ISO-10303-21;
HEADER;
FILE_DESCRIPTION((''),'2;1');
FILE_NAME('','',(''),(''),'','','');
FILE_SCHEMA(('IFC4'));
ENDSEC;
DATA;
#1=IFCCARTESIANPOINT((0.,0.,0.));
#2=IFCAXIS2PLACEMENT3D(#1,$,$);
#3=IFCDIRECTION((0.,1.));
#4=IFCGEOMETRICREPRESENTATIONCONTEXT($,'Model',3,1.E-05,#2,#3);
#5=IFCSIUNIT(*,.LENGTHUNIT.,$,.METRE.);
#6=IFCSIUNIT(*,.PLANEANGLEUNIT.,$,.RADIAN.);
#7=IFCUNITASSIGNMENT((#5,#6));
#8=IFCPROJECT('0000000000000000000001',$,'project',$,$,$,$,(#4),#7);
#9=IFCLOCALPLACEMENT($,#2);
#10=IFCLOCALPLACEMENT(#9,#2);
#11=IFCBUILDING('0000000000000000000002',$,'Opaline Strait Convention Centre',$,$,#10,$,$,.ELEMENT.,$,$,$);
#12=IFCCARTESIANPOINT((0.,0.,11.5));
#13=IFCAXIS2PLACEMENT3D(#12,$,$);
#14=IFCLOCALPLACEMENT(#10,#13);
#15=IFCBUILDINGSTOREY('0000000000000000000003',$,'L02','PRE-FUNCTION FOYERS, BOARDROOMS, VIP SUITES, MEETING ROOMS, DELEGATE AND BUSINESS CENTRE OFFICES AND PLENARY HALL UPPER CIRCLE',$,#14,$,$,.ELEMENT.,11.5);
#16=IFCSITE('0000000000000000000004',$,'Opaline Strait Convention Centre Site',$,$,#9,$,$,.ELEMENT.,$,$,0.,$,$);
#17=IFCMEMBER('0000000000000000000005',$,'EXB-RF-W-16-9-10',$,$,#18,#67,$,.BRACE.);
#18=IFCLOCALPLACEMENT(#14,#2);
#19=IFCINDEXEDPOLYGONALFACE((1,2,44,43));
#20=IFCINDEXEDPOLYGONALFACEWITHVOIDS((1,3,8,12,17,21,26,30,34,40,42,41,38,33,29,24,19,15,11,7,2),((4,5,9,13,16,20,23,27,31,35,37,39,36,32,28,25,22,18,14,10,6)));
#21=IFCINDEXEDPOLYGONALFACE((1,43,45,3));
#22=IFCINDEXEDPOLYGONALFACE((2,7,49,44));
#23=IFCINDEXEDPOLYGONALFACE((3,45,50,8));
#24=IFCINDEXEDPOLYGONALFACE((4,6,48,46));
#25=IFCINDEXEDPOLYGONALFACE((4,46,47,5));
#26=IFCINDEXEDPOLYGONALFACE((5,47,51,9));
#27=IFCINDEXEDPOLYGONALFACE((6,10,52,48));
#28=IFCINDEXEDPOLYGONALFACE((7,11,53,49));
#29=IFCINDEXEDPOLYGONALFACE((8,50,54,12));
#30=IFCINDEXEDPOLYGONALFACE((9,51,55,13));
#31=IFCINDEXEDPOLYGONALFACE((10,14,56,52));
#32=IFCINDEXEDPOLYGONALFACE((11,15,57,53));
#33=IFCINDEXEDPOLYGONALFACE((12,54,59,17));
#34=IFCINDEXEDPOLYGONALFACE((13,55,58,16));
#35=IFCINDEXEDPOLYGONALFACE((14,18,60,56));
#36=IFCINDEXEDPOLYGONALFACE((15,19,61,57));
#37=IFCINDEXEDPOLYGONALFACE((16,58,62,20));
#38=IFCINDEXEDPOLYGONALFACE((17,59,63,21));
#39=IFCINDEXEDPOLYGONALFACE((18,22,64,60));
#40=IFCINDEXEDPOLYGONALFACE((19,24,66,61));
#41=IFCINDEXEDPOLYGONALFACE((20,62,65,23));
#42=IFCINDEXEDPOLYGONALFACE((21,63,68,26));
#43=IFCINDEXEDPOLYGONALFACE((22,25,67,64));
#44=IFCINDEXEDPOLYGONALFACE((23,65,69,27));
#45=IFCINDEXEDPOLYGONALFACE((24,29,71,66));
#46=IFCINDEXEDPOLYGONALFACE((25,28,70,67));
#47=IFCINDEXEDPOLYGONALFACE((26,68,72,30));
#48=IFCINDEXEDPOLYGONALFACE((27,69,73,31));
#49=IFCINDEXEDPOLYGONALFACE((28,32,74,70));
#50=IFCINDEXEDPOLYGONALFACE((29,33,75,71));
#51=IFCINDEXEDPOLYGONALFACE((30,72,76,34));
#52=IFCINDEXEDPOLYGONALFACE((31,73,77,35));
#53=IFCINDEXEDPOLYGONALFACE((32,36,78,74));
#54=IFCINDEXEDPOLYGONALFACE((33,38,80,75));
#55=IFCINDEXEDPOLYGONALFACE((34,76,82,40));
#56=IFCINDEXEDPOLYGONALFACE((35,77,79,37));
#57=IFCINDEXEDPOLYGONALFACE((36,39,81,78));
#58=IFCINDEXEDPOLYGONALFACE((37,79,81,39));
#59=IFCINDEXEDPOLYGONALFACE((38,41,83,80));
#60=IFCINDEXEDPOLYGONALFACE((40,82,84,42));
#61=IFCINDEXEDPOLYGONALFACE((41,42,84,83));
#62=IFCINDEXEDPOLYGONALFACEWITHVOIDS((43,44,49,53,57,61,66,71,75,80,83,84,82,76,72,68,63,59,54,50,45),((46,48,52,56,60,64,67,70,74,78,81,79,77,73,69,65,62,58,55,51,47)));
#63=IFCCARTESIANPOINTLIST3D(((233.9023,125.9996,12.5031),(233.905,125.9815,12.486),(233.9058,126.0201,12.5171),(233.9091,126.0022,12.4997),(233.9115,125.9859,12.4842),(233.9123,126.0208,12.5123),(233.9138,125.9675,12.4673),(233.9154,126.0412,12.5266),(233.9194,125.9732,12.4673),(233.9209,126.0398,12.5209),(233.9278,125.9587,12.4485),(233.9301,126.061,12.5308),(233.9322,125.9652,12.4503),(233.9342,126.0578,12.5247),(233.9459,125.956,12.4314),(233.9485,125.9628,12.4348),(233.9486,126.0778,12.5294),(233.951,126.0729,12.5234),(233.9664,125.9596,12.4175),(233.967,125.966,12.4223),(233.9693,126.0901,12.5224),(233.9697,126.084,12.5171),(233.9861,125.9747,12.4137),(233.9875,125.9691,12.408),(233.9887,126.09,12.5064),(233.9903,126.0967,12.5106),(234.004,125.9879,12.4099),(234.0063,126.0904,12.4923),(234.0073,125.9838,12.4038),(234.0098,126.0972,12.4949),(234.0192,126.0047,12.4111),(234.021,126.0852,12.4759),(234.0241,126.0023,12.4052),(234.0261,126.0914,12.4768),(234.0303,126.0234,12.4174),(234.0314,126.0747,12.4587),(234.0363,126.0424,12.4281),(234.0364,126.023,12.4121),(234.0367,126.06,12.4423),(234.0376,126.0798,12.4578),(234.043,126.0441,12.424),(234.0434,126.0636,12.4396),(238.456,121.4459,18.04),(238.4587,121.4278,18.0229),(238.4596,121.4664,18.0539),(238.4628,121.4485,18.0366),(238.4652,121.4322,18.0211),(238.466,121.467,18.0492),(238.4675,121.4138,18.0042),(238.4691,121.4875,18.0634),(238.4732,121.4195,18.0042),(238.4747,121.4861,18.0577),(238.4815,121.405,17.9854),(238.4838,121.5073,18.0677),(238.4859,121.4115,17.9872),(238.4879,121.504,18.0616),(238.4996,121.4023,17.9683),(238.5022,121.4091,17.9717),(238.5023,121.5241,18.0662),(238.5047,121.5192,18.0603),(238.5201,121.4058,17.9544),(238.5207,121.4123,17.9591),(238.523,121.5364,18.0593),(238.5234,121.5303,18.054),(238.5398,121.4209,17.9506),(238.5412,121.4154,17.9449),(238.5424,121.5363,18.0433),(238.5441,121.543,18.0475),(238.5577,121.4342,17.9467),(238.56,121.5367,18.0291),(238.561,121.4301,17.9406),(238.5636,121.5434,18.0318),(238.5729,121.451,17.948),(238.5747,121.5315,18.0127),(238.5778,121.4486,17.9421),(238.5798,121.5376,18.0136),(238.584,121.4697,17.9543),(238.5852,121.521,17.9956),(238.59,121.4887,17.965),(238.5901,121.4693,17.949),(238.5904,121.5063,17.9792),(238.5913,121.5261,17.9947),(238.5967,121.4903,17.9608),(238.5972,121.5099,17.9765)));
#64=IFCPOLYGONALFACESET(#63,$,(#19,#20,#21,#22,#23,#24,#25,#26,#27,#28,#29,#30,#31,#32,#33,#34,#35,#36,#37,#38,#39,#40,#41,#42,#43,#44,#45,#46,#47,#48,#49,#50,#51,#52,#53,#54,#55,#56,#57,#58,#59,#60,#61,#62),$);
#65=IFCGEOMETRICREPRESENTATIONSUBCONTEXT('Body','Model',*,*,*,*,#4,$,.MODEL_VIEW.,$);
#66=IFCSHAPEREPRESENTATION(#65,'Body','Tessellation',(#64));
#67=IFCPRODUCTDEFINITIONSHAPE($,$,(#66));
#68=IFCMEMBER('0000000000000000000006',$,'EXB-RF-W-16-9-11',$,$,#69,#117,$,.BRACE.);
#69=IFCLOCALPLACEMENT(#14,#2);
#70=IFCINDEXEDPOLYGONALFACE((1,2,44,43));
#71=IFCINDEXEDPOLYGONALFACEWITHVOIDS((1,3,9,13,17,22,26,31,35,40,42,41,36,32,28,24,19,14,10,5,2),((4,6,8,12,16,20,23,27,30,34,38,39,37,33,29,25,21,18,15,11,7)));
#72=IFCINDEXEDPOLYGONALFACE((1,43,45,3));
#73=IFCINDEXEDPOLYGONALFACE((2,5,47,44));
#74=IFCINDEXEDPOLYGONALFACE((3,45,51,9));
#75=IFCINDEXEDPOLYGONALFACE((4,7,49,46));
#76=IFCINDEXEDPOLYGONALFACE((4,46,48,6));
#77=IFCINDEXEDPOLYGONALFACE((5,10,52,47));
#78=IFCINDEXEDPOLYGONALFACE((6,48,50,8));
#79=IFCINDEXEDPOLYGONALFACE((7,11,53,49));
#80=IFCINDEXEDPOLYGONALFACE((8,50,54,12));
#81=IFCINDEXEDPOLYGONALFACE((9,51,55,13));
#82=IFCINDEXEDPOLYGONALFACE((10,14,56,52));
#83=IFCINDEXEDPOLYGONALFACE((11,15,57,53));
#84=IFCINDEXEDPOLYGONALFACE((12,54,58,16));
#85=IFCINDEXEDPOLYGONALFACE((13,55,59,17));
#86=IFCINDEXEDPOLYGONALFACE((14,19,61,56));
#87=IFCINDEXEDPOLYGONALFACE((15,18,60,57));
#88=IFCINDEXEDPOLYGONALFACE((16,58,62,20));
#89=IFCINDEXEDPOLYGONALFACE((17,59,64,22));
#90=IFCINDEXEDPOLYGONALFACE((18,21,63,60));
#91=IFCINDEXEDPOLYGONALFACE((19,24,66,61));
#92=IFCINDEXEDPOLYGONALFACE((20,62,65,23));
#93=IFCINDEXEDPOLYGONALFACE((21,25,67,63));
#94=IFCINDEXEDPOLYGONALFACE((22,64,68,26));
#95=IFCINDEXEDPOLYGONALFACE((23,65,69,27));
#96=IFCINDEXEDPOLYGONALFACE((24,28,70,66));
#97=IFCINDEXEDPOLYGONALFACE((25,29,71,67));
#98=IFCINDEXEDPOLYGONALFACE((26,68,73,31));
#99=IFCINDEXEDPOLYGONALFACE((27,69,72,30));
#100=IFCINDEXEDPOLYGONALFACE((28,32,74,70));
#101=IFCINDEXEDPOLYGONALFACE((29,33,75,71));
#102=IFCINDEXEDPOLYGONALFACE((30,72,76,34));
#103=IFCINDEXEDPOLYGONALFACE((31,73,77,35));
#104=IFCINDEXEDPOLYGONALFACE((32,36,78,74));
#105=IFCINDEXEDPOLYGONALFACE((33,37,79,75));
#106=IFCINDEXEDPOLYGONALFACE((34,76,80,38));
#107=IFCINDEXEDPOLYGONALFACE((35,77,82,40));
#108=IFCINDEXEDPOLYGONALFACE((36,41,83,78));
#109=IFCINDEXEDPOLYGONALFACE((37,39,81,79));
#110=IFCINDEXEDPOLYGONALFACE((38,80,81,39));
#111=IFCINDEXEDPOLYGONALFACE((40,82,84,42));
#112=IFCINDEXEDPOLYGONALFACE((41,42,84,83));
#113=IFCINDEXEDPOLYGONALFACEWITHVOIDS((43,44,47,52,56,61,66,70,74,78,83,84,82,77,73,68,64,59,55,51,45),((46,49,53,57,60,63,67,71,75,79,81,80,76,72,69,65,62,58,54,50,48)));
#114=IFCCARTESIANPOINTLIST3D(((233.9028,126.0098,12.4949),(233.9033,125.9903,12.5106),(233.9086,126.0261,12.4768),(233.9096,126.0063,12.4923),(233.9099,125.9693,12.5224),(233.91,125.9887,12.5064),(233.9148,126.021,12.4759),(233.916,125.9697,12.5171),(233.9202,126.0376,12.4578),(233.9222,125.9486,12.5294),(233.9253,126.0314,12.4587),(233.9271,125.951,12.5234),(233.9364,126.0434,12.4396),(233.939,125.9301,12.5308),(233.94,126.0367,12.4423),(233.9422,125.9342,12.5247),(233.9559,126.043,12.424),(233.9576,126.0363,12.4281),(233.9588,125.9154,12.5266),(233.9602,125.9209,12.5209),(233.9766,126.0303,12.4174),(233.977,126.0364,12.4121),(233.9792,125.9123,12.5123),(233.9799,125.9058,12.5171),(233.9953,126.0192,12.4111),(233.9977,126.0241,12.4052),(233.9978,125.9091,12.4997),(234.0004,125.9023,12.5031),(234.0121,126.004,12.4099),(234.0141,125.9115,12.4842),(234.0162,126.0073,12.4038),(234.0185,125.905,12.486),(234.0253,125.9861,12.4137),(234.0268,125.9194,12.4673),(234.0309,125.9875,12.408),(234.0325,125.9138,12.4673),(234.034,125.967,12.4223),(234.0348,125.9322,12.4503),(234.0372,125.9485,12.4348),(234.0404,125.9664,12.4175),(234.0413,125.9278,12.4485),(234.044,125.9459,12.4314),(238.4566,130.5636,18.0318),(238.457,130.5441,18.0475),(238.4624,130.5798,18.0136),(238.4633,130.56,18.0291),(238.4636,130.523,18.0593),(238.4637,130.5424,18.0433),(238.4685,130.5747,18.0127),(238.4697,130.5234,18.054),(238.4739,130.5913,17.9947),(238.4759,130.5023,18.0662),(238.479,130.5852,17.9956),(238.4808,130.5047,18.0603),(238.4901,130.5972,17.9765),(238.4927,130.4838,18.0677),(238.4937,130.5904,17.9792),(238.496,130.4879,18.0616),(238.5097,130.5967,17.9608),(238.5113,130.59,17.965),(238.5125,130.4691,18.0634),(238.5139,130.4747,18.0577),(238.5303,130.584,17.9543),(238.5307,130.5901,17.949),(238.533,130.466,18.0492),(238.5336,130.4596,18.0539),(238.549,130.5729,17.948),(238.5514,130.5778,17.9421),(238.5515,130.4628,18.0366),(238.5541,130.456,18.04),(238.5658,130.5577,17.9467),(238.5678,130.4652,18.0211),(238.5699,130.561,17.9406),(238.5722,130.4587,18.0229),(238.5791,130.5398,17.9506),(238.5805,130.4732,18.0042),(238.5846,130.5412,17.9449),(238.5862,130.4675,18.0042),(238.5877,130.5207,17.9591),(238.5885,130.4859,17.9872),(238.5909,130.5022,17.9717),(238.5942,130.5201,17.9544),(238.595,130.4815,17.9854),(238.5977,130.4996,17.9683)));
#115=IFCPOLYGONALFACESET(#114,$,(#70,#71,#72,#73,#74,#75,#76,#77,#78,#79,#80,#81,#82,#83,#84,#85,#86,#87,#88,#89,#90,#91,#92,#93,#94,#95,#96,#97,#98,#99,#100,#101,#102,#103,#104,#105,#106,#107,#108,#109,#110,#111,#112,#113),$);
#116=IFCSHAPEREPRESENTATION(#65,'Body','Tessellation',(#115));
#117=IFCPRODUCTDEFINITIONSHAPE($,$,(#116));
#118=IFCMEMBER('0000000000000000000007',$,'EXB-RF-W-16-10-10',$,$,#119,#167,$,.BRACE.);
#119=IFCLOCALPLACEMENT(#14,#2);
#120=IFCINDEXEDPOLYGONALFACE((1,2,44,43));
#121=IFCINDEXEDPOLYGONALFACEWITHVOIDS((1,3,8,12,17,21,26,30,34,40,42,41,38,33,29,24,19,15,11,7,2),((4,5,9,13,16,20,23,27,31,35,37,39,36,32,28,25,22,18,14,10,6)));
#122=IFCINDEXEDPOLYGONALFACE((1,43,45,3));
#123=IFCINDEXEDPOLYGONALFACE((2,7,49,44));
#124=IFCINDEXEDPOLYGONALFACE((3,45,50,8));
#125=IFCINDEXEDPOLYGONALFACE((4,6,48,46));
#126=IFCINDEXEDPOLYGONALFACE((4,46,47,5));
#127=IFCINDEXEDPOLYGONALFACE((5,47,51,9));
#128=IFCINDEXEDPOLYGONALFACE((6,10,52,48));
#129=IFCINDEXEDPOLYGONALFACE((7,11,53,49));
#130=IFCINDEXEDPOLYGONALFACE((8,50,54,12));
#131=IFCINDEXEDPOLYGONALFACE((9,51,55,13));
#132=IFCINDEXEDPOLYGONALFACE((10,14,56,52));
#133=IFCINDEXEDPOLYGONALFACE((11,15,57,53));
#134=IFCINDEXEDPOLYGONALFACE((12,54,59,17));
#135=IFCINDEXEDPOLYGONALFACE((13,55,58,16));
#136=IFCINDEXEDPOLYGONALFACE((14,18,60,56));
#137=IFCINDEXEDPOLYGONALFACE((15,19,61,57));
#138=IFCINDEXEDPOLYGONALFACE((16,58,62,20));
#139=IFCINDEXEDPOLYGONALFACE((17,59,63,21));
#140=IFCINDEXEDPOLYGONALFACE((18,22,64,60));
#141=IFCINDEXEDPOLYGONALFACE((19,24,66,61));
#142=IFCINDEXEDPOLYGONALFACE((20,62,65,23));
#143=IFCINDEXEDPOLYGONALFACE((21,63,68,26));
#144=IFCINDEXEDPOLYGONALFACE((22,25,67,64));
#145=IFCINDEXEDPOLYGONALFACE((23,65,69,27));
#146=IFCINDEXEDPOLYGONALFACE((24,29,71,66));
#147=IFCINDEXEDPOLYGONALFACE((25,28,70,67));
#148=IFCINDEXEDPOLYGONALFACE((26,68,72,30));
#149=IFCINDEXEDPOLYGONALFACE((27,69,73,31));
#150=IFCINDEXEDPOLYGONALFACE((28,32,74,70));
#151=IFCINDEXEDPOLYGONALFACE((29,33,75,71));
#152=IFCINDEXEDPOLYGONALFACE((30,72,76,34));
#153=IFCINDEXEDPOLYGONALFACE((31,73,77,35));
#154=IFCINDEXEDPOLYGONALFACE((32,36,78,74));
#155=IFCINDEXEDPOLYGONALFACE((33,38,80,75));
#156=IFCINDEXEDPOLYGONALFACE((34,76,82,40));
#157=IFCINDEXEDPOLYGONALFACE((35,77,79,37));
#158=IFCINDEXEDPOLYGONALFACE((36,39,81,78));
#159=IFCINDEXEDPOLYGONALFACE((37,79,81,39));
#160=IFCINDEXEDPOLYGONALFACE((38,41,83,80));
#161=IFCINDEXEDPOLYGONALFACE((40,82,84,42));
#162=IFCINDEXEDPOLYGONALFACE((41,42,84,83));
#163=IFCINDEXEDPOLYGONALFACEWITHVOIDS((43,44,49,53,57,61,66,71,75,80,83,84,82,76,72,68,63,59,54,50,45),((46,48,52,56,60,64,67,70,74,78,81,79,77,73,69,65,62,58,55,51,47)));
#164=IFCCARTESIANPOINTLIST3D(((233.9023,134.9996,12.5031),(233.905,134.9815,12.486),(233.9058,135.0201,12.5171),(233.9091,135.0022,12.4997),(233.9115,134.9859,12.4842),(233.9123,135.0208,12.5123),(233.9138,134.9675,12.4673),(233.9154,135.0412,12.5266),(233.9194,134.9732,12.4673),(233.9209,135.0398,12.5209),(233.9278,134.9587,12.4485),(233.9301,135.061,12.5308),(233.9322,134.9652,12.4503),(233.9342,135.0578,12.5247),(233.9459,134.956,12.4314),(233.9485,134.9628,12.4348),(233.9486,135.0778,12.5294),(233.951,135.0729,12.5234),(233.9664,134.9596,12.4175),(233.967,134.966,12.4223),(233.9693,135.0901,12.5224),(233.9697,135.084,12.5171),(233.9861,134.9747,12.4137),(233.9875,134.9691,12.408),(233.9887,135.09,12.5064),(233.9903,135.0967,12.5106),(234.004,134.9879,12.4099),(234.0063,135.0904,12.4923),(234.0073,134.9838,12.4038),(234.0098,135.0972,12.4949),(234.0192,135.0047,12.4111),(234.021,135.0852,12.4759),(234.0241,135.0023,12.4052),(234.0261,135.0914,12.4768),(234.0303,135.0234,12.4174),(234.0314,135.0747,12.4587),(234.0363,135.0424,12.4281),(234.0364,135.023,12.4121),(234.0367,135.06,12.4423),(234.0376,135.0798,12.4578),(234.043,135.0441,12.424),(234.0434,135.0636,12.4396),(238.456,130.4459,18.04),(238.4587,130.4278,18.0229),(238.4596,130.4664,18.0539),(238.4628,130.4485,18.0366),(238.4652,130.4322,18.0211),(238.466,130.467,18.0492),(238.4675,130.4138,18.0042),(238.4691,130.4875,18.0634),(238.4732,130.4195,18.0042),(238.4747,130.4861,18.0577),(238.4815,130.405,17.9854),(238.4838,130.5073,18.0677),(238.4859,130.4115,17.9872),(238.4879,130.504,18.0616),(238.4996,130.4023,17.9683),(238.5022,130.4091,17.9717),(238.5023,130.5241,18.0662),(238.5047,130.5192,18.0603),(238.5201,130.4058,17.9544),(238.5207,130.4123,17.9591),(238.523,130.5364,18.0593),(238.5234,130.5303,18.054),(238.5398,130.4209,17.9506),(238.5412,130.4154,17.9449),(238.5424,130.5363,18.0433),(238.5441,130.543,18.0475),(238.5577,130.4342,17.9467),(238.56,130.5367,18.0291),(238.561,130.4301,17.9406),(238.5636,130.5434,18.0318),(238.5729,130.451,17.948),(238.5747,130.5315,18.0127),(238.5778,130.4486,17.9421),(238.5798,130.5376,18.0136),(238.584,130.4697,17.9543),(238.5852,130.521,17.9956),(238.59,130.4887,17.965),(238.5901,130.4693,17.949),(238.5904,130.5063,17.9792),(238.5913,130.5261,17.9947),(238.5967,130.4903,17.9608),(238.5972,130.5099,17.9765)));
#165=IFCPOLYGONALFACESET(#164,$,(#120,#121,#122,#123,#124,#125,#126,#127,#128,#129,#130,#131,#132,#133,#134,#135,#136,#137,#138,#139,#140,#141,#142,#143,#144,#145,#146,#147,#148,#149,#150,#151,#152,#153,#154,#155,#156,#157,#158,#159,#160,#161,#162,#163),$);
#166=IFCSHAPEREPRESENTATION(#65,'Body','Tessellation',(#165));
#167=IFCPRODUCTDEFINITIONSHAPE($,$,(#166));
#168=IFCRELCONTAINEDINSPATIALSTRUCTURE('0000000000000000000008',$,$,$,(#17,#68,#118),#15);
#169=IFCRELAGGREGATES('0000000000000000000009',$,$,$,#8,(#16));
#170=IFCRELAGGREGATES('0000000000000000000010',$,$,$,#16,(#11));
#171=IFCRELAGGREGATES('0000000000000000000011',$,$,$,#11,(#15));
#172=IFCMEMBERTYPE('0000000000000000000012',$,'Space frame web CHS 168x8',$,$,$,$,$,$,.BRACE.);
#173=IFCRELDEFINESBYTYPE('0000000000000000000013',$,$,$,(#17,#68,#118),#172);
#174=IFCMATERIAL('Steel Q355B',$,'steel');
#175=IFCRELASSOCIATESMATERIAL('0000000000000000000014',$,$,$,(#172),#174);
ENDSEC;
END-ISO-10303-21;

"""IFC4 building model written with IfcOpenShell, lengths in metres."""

from ifc_helpers import new_model, si_unit, direction, frame, origin, origin_2d, place, context, subcontext, project, spatial, hollow_circle, extrude, material, material_profile, profile_set, type_object, element, save


model = new_model("IFC4")

# Units and contexts
model_context = context("Model", 3, precision=1e-05, world=origin(), true_north=direction((0.0, 1.0)))
body_context = subcontext(model_context, "Body", "Model", "MODEL_VIEW")
ifc_project = project(units=[si_unit("LENGTHUNIT", "METRE"), si_unit("PLANEANGLEUNIT", "RADIAN")], contexts=[model_context])

# Site, building, storey
site_placement = place(None, origin())
site = spatial("IfcSite", under=ifc_project, at=site_placement, Name="Opaline Strait Convention Centre Site", CompositionType="ELEMENT", RefElevation=0.0)
building_placement = place(site_placement, origin())
building = spatial("IfcBuilding", under=site, at=building_placement, Name="Opaline Strait Convention Centre", CompositionType="ELEMENT")
storey_placement = place(building_placement, frame((0.0, 0.0, 11.5)))
storey = spatial("IfcBuildingStorey", under=building, at=storey_placement, Name="L02", Description="PRE-FUNCTION FOYERS, BOARDROOMS, VIP SUITES, MEETING ROOMS, DELEGATE AND BUSINESS CENTRE OFFICES AND PLENARY HALL UPPER CIRCLE", CompositionType="ELEMENT", Elevation=11.5)

# Members
ifc_material = material(Name="Steel Q355B", Category="steel")
ifc_material_profile_1 = material_profile(ifc_material, hollow_circle(Radius=0.084, WallThickness=0.0081, at=origin_2d()), Name="CHS 168x8")
ifc_profile_set_1 = profile_set([ifc_material_profile_1], Name="Steel Q355B")
member_type_1 = type_object("IfcMemberType", Name="Space frame web CHS 168x8", PredefinedType="BRACE", material=ifc_profile_set_1)
for number, where, z_axis, x_axis, name in (
    (1, (238.5269, 121.4731, 18.0042), (-0.536178, 0.536178, -0.65194), (-0.707107, -0.707107, 0.0), "EXB-RF-W-16-9-10"),
    (2, (238.5269, 130.5269, 18.0042), (-0.536178, -0.536178, -0.65194), (0.707107, -0.707107, 0.0), "EXB-RF-W-16-9-11"),
    (3, (238.5269, 130.4731, 18.0042), (-0.536178, 0.536178, -0.65194), (-0.707107, -0.707107, 0.0), "EXB-RF-W-16-10-10"),
):
    element("IfcMember", number, at=place(storey_placement, frame(where, z_axis=z_axis, x_axis=x_axis)), inside=storey, type_object=member_type_1, Name=name, PredefinedType="BRACE", context=body_context, shape_type="SweptSolid", body=[
        extrude(hollow_circle(Radius=0.084, WallThickness=0.0081, at=origin_2d()), origin(), (0.0, 0.0, 1.0), 8.4929),
    ])

save(model, "model.ifc")
